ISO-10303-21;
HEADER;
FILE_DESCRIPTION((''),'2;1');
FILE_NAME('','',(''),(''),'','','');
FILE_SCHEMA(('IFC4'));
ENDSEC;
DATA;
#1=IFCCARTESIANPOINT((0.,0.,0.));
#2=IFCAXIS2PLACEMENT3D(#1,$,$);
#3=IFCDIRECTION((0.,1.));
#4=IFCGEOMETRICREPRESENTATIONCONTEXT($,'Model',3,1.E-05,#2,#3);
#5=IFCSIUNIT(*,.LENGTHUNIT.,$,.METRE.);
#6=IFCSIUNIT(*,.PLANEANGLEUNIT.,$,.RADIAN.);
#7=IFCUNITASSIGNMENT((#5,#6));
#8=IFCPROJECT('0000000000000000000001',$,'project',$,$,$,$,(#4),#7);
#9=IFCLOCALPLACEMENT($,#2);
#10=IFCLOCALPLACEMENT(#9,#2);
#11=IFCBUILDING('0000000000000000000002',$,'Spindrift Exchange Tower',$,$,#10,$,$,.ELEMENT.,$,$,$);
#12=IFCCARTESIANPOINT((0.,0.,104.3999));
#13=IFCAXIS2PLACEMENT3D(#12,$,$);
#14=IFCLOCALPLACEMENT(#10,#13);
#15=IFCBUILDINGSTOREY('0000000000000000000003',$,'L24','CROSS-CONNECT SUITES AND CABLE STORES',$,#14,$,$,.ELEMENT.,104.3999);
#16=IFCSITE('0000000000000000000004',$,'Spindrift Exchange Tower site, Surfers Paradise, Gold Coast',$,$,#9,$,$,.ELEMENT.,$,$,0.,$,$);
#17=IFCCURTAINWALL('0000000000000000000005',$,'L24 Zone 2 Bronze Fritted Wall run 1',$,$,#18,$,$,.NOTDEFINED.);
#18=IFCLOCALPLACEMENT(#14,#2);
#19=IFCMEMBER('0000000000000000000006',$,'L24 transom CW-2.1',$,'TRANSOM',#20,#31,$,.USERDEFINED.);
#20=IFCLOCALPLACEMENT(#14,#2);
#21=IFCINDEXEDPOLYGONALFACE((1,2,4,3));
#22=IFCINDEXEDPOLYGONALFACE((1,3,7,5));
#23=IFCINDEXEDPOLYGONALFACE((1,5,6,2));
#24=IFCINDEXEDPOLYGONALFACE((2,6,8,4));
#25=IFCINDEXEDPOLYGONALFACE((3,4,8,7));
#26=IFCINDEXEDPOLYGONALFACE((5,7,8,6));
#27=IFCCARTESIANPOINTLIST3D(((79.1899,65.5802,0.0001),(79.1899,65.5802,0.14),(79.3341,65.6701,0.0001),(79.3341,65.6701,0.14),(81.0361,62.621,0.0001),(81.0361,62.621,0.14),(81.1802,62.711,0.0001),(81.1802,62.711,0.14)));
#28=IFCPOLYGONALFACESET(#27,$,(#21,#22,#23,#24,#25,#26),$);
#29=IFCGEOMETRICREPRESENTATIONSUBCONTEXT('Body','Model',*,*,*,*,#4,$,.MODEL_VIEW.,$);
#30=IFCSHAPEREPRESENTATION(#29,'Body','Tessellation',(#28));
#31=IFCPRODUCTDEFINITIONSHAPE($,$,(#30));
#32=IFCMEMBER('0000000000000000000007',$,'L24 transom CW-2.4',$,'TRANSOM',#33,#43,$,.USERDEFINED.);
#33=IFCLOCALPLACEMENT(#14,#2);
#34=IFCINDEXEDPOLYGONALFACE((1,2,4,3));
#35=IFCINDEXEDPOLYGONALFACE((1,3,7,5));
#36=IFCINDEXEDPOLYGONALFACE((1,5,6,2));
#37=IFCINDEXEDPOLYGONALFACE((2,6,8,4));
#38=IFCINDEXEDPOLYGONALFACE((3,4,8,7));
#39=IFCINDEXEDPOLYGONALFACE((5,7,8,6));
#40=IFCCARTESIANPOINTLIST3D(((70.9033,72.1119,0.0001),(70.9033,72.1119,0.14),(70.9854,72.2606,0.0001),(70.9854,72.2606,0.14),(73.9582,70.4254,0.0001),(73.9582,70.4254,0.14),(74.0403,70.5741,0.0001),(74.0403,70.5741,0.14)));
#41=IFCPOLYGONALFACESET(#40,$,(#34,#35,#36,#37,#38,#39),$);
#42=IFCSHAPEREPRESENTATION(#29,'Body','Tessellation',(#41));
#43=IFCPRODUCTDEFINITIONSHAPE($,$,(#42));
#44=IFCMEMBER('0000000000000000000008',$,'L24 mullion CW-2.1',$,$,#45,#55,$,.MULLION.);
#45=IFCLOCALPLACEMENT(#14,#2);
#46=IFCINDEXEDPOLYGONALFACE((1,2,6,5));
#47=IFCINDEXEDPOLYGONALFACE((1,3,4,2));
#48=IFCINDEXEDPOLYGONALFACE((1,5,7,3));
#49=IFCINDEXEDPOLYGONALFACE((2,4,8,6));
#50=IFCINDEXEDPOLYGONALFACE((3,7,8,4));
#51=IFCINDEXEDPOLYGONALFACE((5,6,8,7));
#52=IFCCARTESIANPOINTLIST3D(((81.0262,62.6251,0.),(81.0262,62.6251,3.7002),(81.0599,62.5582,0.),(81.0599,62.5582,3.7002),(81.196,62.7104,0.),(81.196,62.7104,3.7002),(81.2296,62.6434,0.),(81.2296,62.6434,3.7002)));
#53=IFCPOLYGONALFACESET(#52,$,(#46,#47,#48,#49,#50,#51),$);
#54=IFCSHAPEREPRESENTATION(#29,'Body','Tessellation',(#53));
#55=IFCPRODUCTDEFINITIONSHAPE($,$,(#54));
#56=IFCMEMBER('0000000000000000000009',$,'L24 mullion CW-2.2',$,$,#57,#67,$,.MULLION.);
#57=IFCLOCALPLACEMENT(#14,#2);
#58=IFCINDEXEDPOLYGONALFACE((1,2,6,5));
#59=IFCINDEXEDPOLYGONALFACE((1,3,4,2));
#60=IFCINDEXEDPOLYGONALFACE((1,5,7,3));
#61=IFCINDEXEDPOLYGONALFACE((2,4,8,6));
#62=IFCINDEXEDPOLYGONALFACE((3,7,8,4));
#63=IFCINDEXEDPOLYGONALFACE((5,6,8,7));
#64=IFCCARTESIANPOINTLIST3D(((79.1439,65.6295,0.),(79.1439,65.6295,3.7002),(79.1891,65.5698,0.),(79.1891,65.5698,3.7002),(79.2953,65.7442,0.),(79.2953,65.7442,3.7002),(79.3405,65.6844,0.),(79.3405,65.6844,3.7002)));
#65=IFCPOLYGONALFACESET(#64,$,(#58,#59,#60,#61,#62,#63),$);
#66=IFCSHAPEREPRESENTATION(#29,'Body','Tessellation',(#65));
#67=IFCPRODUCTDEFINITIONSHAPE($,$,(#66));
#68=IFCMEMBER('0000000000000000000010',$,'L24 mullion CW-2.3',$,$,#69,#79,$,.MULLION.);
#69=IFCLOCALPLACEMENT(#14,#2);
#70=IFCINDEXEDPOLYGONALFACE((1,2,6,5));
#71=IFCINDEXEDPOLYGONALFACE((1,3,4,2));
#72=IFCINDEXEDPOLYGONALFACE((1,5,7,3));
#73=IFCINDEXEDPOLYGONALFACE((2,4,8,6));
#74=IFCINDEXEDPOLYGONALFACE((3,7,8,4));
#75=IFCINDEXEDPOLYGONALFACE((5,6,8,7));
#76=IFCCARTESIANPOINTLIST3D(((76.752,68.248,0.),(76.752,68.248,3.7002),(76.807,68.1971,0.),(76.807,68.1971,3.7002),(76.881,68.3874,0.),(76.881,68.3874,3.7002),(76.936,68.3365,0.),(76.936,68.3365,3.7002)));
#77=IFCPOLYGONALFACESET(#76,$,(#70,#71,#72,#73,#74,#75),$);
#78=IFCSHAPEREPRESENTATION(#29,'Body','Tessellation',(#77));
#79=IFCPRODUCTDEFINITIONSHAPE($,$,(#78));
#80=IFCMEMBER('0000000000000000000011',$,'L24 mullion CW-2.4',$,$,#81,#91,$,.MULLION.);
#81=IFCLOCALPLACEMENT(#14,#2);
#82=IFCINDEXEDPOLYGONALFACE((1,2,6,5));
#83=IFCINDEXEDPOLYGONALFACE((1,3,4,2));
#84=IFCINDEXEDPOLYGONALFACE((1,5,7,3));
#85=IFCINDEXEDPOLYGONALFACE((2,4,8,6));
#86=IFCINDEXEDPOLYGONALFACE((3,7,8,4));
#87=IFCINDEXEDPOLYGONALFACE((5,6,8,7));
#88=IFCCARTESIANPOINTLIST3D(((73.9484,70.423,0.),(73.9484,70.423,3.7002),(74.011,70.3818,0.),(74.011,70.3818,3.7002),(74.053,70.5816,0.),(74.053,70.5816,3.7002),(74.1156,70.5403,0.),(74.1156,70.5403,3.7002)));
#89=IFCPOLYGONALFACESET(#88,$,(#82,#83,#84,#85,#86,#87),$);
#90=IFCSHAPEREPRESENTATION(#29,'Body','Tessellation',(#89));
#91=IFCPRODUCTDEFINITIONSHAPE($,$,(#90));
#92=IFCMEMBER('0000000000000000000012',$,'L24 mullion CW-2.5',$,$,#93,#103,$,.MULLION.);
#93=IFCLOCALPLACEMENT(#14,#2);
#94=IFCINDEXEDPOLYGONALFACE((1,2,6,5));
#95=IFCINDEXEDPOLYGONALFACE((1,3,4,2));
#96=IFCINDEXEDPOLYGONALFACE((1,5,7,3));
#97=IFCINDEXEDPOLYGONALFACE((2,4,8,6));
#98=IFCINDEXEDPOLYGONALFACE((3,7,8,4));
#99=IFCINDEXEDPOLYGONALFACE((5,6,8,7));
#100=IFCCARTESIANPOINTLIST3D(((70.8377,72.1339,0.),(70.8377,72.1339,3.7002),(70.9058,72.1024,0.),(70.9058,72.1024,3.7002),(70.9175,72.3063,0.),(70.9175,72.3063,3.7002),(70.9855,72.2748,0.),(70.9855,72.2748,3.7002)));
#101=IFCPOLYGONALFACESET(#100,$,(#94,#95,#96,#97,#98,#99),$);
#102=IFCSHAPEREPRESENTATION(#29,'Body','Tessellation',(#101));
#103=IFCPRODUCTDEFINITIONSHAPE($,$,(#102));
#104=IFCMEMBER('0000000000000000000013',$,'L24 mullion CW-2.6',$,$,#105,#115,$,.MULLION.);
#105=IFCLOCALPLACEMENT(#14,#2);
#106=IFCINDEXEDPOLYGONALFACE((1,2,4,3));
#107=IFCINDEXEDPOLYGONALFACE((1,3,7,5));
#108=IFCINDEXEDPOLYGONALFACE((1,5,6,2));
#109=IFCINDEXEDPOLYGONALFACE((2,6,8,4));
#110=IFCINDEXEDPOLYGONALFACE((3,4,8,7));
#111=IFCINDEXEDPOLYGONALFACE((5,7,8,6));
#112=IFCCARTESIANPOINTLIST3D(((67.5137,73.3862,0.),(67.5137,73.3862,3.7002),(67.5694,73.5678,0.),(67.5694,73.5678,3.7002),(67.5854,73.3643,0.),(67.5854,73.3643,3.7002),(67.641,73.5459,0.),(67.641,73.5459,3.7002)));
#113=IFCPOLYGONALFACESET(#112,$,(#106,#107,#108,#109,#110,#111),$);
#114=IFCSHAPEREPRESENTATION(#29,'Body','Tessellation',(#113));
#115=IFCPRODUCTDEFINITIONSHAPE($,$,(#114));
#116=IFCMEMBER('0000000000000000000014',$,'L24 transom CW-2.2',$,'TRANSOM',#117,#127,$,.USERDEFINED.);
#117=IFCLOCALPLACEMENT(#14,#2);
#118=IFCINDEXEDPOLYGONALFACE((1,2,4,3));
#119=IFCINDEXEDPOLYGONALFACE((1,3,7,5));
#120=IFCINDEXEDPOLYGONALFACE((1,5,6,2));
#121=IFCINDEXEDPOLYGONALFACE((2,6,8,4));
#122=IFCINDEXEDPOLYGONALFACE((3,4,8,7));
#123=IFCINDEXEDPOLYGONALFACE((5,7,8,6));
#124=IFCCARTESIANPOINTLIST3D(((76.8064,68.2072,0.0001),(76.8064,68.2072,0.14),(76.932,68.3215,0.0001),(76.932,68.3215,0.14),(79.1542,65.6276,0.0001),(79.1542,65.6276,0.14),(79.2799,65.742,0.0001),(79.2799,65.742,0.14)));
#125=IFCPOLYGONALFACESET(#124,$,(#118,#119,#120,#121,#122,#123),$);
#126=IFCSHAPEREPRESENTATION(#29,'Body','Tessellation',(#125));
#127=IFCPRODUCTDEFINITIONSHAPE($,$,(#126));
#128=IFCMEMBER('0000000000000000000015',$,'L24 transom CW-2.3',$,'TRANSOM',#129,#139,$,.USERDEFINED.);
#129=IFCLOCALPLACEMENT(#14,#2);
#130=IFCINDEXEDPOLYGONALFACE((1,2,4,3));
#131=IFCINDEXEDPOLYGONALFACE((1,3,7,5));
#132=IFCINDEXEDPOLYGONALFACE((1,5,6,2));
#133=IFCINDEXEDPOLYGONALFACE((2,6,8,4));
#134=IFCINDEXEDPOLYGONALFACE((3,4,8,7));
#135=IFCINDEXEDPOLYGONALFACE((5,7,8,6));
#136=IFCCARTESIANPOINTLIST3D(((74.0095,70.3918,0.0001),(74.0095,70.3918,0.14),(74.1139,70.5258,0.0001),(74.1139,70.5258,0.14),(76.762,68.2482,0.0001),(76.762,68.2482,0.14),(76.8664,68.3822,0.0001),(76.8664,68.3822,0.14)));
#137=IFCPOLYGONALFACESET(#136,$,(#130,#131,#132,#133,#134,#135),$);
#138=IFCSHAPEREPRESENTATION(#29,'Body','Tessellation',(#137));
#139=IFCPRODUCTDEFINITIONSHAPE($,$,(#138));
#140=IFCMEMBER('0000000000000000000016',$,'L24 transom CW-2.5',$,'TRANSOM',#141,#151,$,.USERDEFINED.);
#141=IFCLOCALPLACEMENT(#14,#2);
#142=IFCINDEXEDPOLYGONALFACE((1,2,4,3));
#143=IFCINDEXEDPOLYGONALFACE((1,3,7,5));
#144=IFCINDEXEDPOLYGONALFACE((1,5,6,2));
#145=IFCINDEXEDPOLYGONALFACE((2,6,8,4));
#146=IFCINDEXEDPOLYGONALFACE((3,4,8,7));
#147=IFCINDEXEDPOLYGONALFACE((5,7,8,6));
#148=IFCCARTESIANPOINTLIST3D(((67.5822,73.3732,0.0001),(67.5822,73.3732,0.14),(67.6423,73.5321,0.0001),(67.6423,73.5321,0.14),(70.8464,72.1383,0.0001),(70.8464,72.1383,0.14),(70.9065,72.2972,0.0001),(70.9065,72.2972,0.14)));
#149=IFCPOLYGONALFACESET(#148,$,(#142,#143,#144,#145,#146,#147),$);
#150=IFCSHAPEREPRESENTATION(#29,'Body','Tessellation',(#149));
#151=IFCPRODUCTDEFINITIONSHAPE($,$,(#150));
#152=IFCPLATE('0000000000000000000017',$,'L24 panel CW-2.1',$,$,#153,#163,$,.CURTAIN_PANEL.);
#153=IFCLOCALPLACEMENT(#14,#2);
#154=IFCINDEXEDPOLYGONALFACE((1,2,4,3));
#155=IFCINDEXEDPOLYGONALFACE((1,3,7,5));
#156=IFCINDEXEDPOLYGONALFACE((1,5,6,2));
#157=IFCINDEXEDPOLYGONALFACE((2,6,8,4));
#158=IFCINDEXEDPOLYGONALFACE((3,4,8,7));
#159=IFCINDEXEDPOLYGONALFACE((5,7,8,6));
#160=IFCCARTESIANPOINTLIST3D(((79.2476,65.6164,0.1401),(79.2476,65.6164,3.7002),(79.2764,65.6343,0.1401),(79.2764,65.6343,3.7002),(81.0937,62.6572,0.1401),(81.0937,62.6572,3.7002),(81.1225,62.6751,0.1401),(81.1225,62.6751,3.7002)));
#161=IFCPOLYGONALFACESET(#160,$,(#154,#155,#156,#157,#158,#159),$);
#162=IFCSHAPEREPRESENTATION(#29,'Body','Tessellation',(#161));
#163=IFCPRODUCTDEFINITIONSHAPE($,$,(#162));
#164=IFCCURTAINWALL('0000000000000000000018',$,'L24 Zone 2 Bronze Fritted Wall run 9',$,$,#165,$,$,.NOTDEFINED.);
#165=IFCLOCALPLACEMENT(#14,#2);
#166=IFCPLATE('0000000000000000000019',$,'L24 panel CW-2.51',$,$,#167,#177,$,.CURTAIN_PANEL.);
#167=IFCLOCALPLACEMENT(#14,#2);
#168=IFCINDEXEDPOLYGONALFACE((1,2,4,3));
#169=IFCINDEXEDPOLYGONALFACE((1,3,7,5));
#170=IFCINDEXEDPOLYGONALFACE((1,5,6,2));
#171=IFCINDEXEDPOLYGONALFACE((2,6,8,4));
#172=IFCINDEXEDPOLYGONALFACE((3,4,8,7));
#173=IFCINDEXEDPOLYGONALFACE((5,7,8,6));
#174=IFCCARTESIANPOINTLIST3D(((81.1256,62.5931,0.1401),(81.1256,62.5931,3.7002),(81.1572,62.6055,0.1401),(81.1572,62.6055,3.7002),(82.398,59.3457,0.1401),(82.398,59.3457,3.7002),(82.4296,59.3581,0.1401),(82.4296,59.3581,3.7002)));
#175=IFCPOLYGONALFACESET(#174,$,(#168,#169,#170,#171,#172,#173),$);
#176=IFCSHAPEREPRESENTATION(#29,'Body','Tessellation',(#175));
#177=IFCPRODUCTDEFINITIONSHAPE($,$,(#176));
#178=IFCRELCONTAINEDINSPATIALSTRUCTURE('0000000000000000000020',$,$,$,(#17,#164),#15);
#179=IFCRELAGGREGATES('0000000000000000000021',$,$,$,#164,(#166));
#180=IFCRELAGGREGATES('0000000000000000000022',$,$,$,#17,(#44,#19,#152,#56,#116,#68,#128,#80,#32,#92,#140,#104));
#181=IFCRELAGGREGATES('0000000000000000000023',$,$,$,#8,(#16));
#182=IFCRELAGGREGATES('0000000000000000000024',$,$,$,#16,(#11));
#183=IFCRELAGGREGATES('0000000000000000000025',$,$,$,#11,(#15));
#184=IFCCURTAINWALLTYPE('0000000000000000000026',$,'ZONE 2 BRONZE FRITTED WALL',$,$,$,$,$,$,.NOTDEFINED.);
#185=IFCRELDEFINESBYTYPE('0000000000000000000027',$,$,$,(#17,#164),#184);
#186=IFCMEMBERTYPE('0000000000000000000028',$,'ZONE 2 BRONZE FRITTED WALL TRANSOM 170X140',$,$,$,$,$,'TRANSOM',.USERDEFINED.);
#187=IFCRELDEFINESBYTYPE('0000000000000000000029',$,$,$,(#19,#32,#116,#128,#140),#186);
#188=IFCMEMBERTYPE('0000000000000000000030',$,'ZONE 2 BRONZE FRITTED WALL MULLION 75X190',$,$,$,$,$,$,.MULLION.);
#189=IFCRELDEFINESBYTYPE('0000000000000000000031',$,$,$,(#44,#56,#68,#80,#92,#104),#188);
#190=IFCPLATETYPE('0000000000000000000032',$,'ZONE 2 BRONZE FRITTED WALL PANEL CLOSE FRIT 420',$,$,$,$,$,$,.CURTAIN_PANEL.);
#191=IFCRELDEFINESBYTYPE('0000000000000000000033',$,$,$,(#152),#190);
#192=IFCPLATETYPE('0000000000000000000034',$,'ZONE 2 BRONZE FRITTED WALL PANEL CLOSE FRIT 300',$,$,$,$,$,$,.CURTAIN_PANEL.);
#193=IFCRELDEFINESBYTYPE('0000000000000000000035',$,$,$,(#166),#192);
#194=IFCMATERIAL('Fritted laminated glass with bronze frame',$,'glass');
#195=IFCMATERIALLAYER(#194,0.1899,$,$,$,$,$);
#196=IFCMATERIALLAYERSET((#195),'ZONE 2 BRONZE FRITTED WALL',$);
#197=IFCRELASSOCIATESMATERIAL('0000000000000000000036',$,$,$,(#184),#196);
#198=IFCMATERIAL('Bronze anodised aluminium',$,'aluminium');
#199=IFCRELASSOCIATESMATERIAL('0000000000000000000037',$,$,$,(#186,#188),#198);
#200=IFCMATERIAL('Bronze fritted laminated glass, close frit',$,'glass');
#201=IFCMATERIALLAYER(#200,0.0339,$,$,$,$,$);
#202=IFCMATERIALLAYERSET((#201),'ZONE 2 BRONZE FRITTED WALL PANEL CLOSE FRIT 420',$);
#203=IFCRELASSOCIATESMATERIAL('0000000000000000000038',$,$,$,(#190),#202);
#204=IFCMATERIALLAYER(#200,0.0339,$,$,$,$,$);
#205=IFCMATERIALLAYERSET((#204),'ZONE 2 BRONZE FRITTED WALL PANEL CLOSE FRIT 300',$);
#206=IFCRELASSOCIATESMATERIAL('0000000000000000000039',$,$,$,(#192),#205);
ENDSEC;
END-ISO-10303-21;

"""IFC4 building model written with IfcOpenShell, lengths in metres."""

from ifc_helpers import new_model, si_unit, direction, frame, origin, origin_2d, place, context, subcontext, project, spatial, rectangle, extrude, source, transform, mapped, material, layer, layer_set, material_profile, profile_set, type_object, element, aggregate, save


model = new_model("IFC4")

# Units and contexts
model_context = context("Model", 3, precision=1e-05, world=origin(), true_north=direction((0.0, 1.0)))
body_context = subcontext(model_context, "Body", "Model", "MODEL_VIEW")
ifc_project = project(units=[si_unit("LENGTHUNIT", "METRE"), si_unit("PLANEANGLEUNIT", "RADIAN")], contexts=[model_context])

# Site, building, storey
site_placement = place(None, origin())
site = spatial("IfcSite", under=ifc_project, at=site_placement, Name="Spindrift Exchange Tower site, Surfers Paradise, Gold Coast", CompositionType="ELEMENT", RefElevation=0.0)
building_placement = place(site_placement, origin())
building = spatial("IfcBuilding", under=site, at=building_placement, Name="Spindrift Exchange Tower", CompositionType="ELEMENT")
storey_placement = place(building_placement, frame((0.0, 0.0, 104.3999)))
storey = spatial("IfcBuildingStorey", under=building, at=storey_placement, Name="L24", Description="CROSS-CONNECT SUITES AND CABLE STORES", CompositionType="ELEMENT", Elevation=104.3999)

# Curtain wall, members, plate
ifc_material_1 = material(Name="Fritted laminated glass with bronze frame", Category="glass")
ifc_layer_1 = layer(ifc_material_1, 0.1899)
ifc_layer_set_1 = layer_set([ifc_layer_1], Name="ZONE 2 BRONZE FRITTED WALL")
curtain_wall_type = type_object("IfcCurtainWallType", Name="ZONE 2 BRONZE FRITTED WALL", PredefinedType="NOTDEFINED", material=ifc_layer_set_1)
curtain_wall_1_placement = place(storey_placement, origin())
curtain_wall_1 = element("IfcCurtainWall", 1, at=curtain_wall_1_placement, inside=storey, type_object=curtain_wall_type, Name="L24 Zone 2 Bronze Fritted Wall run 1", PredefinedType="NOTDEFINED")
ifc_material_2 = material(Name="Bronze anodised aluminium", Category="aluminium")
ifc_material_profile_1 = material_profile(ifc_material_2, rectangle(XDim=0.1699, YDim=0.1399, at=origin_2d()), Name="ZONE 2 BRONZE FRITTED WALL TRANSOM 170X140")
ifc_profile_set_1 = profile_set([ifc_material_profile_1], Name="Bronze anodised aluminium")
member_type_1 = type_object("IfcMemberType", Name="ZONE 2 BRONZE FRITTED WALL TRANSOM 170X140", ElementType="TRANSOM", PredefinedType="USERDEFINED", material=ifc_profile_set_1)
shared_shape_1 = source(origin(), body_context, "Body", "SweptSolid", [
    extrude(rectangle(XDim=0.1699, YDim=0.1399, at=origin_2d()), origin(), (0.0, 0.0, 1.0), 3.4878),
])
member_1_placement = place(storey_placement, frame((81.1082, 62.666, 0.0701), z_axis=(-0.529313, 0.848427, 0.0), x_axis=(-0.848427, -0.529313, 0.0)))
member_1 = element("IfcMember", 2, at=member_1_placement, type_object=member_type_1, Name="L24 transom CW-2.1", ObjectType="TRANSOM", PredefinedType="USERDEFINED", context=body_context, shape_type="MappedRepresentation", body=[
    mapped(shared_shape_1, transform((0.0, 0.0, 0.0), scale=1.0)),
])
shared_shape_2 = source(origin(), body_context, "Body", "SweptSolid", [
    extrude(rectangle(XDim=0.1699, YDim=0.1399, at=origin_2d()), origin(), (0.0, 0.0, 1.0), 3.4895),
])
member_2_placement = place(storey_placement, frame((73.9993, 70.4998, 0.0701), z_axis=(-0.875451, 0.483307, 0.0), x_axis=(-0.483307, -0.875451, 0.0)))
member_2 = element("IfcMember", 3, at=member_2_placement, type_object=member_type_1, Name="L24 transom CW-2.4", ObjectType="TRANSOM", PredefinedType="USERDEFINED", context=body_context, shape_type="MappedRepresentation", body=[
    mapped(shared_shape_2, transform((0.0, 0.0, 0.0), scale=1.0)),
])
ifc_material_profile_2 = material_profile(ifc_material_2, rectangle(XDim=0.075, YDim=0.1899, at=origin_2d()), Name="ZONE 2 BRONZE FRITTED WALL MULLION 75X190")
ifc_profile_set_2 = profile_set([ifc_material_profile_2], Name="Bronze anodised aluminium")
member_type_2 = type_object("IfcMemberType", Name="ZONE 2 BRONZE FRITTED WALL MULLION 75X190", PredefinedType="MULLION", material=ifc_profile_set_2)
shared_shape_3 = source(origin(), body_context, "Body", "SweptSolid", [
    extrude(rectangle(XDim=0.075, YDim=0.1899, at=origin_2d()), origin(), (0.0, 0.0, 1.0), 3.7002),
])
member_3_placement = place(storey_placement, frame((81.1279, 62.6343, 0.0), z_axis=(0.0, 0.0, 1.0), x_axis=(-0.448949, 0.893557, 0.0)))
member_3 = element("IfcMember", 4, at=member_3_placement, type_object=member_type_2, Name="L24 mullion CW-2.1", PredefinedType="MULLION", context=body_context, shape_type="MappedRepresentation", body=[
    mapped(shared_shape_3, transform((0.0, 0.0, 0.0), scale=1.0)),
])
member_4_placement = place(storey_placement, frame((79.2422, 65.657, 0.0), z_axis=(0.0, 0.0, 1.0), x_axis=(-0.603649, 0.79725, 0.0)))
member_4 = element("IfcMember", 5, at=member_4_placement, type_object=member_type_2, Name="L24 mullion CW-2.2", PredefinedType="MULLION", context=body_context, shape_type="MappedRepresentation", body=[
    mapped(shared_shape_3, transform((0.0, 0.0, 0.0), scale=1.0)),
])
member_5_placement = place(storey_placement, frame((76.844, 68.2922, 0.0), z_axis=(0.0, 0.0, 1.0), x_axis=(-0.733725, 0.679446, 0.0)))
member_5 = element("IfcMember", 6, at=member_5_placement, type_object=member_type_2, Name="L24 mullion CW-2.3", PredefinedType="MULLION", context=body_context, shape_type="MappedRepresentation", body=[
    mapped(shared_shape_3, transform((0.0, 0.0, 0.0), scale=1.0)),
])
member_6_placement = place(storey_placement, frame((74.032, 70.4817, 0.0), z_axis=(0.0, 0.0, 1.0), x_axis=(-0.834807, 0.550543, 0.0)))
member_6 = element("IfcMember", 7, at=member_6_placement, type_object=member_type_2, Name="L24 mullion CW-2.4", PredefinedType="MULLION", context=body_context, shape_type="MappedRepresentation", body=[
    mapped(shared_shape_3, transform((0.0, 0.0, 0.0), scale=1.0)),
])
member_7_placement = place(storey_placement, frame((70.9116, 72.2043, 0.0), z_axis=(0.0, 0.0, 1.0), x_axis=(-0.907681, 0.419662, 0.0)))
member_7 = element("IfcMember", 8, at=member_7_placement, type_object=member_type_2, Name="L24 mullion CW-2.5", PredefinedType="MULLION", context=body_context, shape_type="MappedRepresentation", body=[
    mapped(shared_shape_3, transform((0.0, 0.0, 0.0), scale=1.0)),
])
member_8_placement = place(storey_placement, frame((67.5774, 73.4661, 0.0), z_axis=(0.0, 0.0, 1.0), x_axis=(-0.95615, 0.292878, 0.0)))
member_8 = element("IfcMember", 9, at=member_8_placement, type_object=member_type_2, Name="L24 mullion CW-2.6", PredefinedType="MULLION", context=body_context, shape_type="MappedRepresentation", body=[
    mapped(shared_shape_3, transform((0.0, 0.0, 0.0), scale=1.0)),
])
shared_shape_4 = source(origin(), body_context, "Body", "SweptSolid", [
    extrude(rectangle(XDim=0.1699, YDim=0.1399, at=origin_2d()), origin(), (0.0, 0.0, 1.0), 3.488),
])
member_9_placement = place(storey_placement, frame((79.217, 65.6848, 0.0701), z_axis=(-0.673115, 0.739538, 0.0), x_axis=(-0.739538, -0.673115, 0.0)))
member_9 = element("IfcMember", 10, at=member_9_placement, type_object=member_type_1, Name="L24 transom CW-2.2", ObjectType="TRANSOM", PredefinedType="USERDEFINED", context=body_context, shape_type="MappedRepresentation", body=[
    mapped(shared_shape_4, transform((0.0, 0.0, 0.0), scale=1.0)),
])
shared_shape_5 = source(origin(), body_context, "Body", "SweptSolid", [
    extrude(rectangle(XDim=0.1699, YDim=0.1399, at=origin_2d()), origin(), (0.0, 0.0, 1.0), 3.4888),
])
member_10_placement = place(storey_placement, frame((76.8142, 68.3152, 0.0701), z_axis=(-0.788968, 0.614435, 0.0), x_axis=(-0.614435, -0.788968, 0.0)))
member_10 = element("IfcMember", 11, at=member_10_placement, type_object=member_type_1, Name="L24 transom CW-2.3", ObjectType="TRANSOM", PredefinedType="USERDEFINED", context=body_context, shape_type="MappedRepresentation", body=[
    mapped(shared_shape_5, transform((0.0, 0.0, 0.0), scale=1.0)),
])
shared_shape_6 = source(origin(), body_context, "Body", "SweptSolid", [
    extrude(rectangle(XDim=0.1699, YDim=0.1399, at=origin_2d()), origin(), (0.0, 0.0, 1.0), 3.49),
])
member_11_placement = place(storey_placement, frame((70.8765, 72.2178, 0.0701), z_axis=(-0.935308, 0.353836, 0.0), x_axis=(-0.353836, -0.935308, 0.0)))
member_11 = element("IfcMember", 12, at=member_11_placement, type_object=member_type_1, Name="L24 transom CW-2.5", ObjectType="TRANSOM", PredefinedType="USERDEFINED", context=body_context, shape_type="MappedRepresentation", body=[
    mapped(shared_shape_6, transform((0.0, 0.0, 0.0), scale=1.0)),
])
ifc_material_3 = material(Name="Bronze fritted laminated glass, close frit", Category="glass")
ifc_layer_2 = layer(ifc_material_3, 0.0339)
ifc_layer_set_2 = layer_set([ifc_layer_2], Name="ZONE 2 BRONZE FRITTED WALL PANEL CLOSE FRIT 420")
plate_type_1 = type_object("IfcPlateType", Name="ZONE 2 BRONZE FRITTED WALL PANEL CLOSE FRIT 420", PredefinedType="CURTAIN_PANEL", material=ifc_layer_set_2)
shared_shape_7 = source(origin(), body_context, "Body", "SweptSolid", [
    extrude(rectangle(XDim=3.4878, YDim=0.0339, at=origin_2d()), origin(), (0.0, 0.0, 1.0), 3.5601),
])
plate_1_placement = place(storey_placement, frame((80.1851, 64.1458, 0.1401), z_axis=(0.0, 0.0, 1.0), x_axis=(-0.529283, 0.848446, 0.0)))
plate_1 = element("IfcPlate", 13, at=plate_1_placement, type_object=plate_type_1, Name="L24 panel CW-2.1", PredefinedType="CURTAIN_PANEL", context=body_context, shape_type="MappedRepresentation", body=[
    mapped(shared_shape_7, transform((0.0, 0.0, 0.0), scale=1.0)),
])

# Curtain wall, plate
curtain_wall_2_placement = place(storey_placement, origin())
curtain_wall_2 = element("IfcCurtainWall", 14, at=curtain_wall_2_placement, inside=storey, type_object=curtain_wall_type, Name="L24 Zone 2 Bronze Fritted Wall run 9", PredefinedType="NOTDEFINED")
ifc_layer_3 = layer(ifc_material_3, 0.0339)
ifc_layer_set_3 = layer_set([ifc_layer_3], Name="ZONE 2 BRONZE FRITTED WALL PANEL CLOSE FRIT 300")
plate_type_2 = type_object("IfcPlateType", Name="ZONE 2 BRONZE FRITTED WALL PANEL CLOSE FRIT 300", PredefinedType="CURTAIN_PANEL", material=ifc_layer_set_3)
shared_shape_8 = source(origin(), body_context, "Body", "SweptSolid", [
    extrude(rectangle(XDim=3.4878, YDim=0.0339, at=origin_2d()), origin(), (0.0, 0.0, 1.0), 3.5601),
])
plate_2_placement = place(storey_placement, frame((81.7776, 60.9756, 0.1401), z_axis=(0.0, 0.0, 1.0), x_axis=(-0.364805, 0.931084, 0.0)))
plate_2 = element("IfcPlate", 15, at=plate_2_placement, type_object=plate_type_2, Name="L24 panel CW-2.51", PredefinedType="CURTAIN_PANEL", context=body_context, shape_type="MappedRepresentation", body=[
    mapped(shared_shape_8, transform((0.0, 0.0, 0.0), scale=1.0)),
])
aggregate(curtain_wall_2, [plate_2])

aggregate(curtain_wall_1, [member_3, member_1, plate_1, member_4, member_9, member_5, member_10, member_6, member_2, member_7, member_11, member_8])

save(model, "model.ifc")
